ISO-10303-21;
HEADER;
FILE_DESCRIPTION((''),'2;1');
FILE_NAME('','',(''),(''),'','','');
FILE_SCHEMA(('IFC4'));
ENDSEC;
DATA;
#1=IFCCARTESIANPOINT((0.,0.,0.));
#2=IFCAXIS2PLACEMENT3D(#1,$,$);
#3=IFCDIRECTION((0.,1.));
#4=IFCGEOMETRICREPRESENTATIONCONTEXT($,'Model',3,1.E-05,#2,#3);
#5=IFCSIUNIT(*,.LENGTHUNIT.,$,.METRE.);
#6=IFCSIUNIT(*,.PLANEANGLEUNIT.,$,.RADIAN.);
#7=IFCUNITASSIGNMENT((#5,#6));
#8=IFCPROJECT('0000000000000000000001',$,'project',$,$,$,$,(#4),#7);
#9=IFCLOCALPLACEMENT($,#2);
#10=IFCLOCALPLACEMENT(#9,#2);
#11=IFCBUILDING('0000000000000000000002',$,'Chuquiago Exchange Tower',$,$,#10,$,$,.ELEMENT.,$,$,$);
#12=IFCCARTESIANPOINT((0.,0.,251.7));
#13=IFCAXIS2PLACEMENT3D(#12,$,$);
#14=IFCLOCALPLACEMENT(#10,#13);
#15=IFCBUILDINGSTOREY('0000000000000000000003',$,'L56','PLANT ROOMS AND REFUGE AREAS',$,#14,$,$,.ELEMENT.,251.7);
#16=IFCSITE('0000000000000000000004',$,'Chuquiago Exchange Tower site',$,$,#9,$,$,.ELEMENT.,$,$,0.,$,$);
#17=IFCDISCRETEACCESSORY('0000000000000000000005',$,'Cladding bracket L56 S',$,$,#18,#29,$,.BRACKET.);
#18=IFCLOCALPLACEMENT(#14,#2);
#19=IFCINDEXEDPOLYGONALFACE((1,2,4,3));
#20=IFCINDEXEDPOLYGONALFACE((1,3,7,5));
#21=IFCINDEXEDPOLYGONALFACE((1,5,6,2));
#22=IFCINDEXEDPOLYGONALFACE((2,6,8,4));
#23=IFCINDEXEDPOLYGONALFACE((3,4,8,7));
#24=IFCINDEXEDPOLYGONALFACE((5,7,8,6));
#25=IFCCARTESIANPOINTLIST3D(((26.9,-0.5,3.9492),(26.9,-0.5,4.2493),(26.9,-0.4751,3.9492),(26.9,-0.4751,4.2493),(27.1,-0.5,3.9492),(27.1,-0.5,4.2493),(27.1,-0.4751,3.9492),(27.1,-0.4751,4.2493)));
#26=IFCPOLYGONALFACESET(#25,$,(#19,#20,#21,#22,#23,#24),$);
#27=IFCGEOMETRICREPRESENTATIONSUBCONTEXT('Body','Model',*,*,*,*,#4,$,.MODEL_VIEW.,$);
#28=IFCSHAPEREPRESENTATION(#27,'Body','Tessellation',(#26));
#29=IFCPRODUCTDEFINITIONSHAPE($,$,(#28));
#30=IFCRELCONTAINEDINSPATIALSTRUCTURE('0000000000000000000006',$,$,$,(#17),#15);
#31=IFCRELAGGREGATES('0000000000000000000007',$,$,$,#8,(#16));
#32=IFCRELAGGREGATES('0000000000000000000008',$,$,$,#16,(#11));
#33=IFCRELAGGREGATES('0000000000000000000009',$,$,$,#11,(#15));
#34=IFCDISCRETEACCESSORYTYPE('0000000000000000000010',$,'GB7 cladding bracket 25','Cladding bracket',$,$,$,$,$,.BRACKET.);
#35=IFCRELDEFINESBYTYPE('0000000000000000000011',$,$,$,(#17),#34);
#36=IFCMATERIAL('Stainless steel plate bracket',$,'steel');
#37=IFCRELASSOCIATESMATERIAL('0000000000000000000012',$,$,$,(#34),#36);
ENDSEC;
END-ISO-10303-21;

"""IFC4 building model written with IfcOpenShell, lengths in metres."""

from ifc_helpers import new_model, si_unit, direction, frame, origin, origin_2d, place, context, subcontext, project, spatial, rectangle, extrude, material, type_object, element, save


model = new_model("IFC4")

# Units and contexts
model_context = context("Model", 3, precision=1e-05, world=origin(), true_north=direction((0.0, 1.0)))
body_context = subcontext(model_context, "Body", "Model", "MODEL_VIEW")
ifc_project = project(units=[si_unit("LENGTHUNIT", "METRE"), si_unit("PLANEANGLEUNIT", "RADIAN")], contexts=[model_context])

# Site, building, storey
site_placement = place(None, origin())
site = spatial("IfcSite", under=ifc_project, at=site_placement, Name="Chuquiago Exchange Tower site", CompositionType="ELEMENT", RefElevation=0.0)
building_placement = place(site_placement, origin())
building = spatial("IfcBuilding", under=site, at=building_placement, Name="Chuquiago Exchange Tower", CompositionType="ELEMENT")
storey_placement = place(building_placement, frame((0.0, 0.0, 251.7)))
storey = spatial("IfcBuildingStorey", under=building, at=storey_placement, Name="L56", Description="PLANT ROOMS AND REFUGE AREAS", CompositionType="ELEMENT", Elevation=251.7)

# Discrete accessory
ifc_material_1 = material(Name="Stainless steel plate bracket", Category="steel")
discrete_accessory_type_1 = type_object("IfcDiscreteAccessoryType", Name="GB7 cladding bracket 25", Description="Cladding bracket", PredefinedType="BRACKET", material=ifc_material_1)
for number, where, z_axis, x_axis, name in (
    (1, (27.0, -0.4875, 3.9492), (0.0, 0.0, 1.0), (1.0, 0.0, 0.0), "Cladding bracket L56 S"),
):
    element("IfcDiscreteAccessory", number, at=place(storey_placement, frame(where, z_axis=z_axis, x_axis=x_axis)), inside=storey, type_object=discrete_accessory_type_1, Name=name, PredefinedType="BRACKET", context=body_context, shape_type="SweptSolid", body=[
        extrude(rectangle(XDim=0.2, YDim=0.0249, at=origin_2d()), origin(), (0.0, 0.0, 1.0), 0.3),
    ])

save(model, "model.ifc")
